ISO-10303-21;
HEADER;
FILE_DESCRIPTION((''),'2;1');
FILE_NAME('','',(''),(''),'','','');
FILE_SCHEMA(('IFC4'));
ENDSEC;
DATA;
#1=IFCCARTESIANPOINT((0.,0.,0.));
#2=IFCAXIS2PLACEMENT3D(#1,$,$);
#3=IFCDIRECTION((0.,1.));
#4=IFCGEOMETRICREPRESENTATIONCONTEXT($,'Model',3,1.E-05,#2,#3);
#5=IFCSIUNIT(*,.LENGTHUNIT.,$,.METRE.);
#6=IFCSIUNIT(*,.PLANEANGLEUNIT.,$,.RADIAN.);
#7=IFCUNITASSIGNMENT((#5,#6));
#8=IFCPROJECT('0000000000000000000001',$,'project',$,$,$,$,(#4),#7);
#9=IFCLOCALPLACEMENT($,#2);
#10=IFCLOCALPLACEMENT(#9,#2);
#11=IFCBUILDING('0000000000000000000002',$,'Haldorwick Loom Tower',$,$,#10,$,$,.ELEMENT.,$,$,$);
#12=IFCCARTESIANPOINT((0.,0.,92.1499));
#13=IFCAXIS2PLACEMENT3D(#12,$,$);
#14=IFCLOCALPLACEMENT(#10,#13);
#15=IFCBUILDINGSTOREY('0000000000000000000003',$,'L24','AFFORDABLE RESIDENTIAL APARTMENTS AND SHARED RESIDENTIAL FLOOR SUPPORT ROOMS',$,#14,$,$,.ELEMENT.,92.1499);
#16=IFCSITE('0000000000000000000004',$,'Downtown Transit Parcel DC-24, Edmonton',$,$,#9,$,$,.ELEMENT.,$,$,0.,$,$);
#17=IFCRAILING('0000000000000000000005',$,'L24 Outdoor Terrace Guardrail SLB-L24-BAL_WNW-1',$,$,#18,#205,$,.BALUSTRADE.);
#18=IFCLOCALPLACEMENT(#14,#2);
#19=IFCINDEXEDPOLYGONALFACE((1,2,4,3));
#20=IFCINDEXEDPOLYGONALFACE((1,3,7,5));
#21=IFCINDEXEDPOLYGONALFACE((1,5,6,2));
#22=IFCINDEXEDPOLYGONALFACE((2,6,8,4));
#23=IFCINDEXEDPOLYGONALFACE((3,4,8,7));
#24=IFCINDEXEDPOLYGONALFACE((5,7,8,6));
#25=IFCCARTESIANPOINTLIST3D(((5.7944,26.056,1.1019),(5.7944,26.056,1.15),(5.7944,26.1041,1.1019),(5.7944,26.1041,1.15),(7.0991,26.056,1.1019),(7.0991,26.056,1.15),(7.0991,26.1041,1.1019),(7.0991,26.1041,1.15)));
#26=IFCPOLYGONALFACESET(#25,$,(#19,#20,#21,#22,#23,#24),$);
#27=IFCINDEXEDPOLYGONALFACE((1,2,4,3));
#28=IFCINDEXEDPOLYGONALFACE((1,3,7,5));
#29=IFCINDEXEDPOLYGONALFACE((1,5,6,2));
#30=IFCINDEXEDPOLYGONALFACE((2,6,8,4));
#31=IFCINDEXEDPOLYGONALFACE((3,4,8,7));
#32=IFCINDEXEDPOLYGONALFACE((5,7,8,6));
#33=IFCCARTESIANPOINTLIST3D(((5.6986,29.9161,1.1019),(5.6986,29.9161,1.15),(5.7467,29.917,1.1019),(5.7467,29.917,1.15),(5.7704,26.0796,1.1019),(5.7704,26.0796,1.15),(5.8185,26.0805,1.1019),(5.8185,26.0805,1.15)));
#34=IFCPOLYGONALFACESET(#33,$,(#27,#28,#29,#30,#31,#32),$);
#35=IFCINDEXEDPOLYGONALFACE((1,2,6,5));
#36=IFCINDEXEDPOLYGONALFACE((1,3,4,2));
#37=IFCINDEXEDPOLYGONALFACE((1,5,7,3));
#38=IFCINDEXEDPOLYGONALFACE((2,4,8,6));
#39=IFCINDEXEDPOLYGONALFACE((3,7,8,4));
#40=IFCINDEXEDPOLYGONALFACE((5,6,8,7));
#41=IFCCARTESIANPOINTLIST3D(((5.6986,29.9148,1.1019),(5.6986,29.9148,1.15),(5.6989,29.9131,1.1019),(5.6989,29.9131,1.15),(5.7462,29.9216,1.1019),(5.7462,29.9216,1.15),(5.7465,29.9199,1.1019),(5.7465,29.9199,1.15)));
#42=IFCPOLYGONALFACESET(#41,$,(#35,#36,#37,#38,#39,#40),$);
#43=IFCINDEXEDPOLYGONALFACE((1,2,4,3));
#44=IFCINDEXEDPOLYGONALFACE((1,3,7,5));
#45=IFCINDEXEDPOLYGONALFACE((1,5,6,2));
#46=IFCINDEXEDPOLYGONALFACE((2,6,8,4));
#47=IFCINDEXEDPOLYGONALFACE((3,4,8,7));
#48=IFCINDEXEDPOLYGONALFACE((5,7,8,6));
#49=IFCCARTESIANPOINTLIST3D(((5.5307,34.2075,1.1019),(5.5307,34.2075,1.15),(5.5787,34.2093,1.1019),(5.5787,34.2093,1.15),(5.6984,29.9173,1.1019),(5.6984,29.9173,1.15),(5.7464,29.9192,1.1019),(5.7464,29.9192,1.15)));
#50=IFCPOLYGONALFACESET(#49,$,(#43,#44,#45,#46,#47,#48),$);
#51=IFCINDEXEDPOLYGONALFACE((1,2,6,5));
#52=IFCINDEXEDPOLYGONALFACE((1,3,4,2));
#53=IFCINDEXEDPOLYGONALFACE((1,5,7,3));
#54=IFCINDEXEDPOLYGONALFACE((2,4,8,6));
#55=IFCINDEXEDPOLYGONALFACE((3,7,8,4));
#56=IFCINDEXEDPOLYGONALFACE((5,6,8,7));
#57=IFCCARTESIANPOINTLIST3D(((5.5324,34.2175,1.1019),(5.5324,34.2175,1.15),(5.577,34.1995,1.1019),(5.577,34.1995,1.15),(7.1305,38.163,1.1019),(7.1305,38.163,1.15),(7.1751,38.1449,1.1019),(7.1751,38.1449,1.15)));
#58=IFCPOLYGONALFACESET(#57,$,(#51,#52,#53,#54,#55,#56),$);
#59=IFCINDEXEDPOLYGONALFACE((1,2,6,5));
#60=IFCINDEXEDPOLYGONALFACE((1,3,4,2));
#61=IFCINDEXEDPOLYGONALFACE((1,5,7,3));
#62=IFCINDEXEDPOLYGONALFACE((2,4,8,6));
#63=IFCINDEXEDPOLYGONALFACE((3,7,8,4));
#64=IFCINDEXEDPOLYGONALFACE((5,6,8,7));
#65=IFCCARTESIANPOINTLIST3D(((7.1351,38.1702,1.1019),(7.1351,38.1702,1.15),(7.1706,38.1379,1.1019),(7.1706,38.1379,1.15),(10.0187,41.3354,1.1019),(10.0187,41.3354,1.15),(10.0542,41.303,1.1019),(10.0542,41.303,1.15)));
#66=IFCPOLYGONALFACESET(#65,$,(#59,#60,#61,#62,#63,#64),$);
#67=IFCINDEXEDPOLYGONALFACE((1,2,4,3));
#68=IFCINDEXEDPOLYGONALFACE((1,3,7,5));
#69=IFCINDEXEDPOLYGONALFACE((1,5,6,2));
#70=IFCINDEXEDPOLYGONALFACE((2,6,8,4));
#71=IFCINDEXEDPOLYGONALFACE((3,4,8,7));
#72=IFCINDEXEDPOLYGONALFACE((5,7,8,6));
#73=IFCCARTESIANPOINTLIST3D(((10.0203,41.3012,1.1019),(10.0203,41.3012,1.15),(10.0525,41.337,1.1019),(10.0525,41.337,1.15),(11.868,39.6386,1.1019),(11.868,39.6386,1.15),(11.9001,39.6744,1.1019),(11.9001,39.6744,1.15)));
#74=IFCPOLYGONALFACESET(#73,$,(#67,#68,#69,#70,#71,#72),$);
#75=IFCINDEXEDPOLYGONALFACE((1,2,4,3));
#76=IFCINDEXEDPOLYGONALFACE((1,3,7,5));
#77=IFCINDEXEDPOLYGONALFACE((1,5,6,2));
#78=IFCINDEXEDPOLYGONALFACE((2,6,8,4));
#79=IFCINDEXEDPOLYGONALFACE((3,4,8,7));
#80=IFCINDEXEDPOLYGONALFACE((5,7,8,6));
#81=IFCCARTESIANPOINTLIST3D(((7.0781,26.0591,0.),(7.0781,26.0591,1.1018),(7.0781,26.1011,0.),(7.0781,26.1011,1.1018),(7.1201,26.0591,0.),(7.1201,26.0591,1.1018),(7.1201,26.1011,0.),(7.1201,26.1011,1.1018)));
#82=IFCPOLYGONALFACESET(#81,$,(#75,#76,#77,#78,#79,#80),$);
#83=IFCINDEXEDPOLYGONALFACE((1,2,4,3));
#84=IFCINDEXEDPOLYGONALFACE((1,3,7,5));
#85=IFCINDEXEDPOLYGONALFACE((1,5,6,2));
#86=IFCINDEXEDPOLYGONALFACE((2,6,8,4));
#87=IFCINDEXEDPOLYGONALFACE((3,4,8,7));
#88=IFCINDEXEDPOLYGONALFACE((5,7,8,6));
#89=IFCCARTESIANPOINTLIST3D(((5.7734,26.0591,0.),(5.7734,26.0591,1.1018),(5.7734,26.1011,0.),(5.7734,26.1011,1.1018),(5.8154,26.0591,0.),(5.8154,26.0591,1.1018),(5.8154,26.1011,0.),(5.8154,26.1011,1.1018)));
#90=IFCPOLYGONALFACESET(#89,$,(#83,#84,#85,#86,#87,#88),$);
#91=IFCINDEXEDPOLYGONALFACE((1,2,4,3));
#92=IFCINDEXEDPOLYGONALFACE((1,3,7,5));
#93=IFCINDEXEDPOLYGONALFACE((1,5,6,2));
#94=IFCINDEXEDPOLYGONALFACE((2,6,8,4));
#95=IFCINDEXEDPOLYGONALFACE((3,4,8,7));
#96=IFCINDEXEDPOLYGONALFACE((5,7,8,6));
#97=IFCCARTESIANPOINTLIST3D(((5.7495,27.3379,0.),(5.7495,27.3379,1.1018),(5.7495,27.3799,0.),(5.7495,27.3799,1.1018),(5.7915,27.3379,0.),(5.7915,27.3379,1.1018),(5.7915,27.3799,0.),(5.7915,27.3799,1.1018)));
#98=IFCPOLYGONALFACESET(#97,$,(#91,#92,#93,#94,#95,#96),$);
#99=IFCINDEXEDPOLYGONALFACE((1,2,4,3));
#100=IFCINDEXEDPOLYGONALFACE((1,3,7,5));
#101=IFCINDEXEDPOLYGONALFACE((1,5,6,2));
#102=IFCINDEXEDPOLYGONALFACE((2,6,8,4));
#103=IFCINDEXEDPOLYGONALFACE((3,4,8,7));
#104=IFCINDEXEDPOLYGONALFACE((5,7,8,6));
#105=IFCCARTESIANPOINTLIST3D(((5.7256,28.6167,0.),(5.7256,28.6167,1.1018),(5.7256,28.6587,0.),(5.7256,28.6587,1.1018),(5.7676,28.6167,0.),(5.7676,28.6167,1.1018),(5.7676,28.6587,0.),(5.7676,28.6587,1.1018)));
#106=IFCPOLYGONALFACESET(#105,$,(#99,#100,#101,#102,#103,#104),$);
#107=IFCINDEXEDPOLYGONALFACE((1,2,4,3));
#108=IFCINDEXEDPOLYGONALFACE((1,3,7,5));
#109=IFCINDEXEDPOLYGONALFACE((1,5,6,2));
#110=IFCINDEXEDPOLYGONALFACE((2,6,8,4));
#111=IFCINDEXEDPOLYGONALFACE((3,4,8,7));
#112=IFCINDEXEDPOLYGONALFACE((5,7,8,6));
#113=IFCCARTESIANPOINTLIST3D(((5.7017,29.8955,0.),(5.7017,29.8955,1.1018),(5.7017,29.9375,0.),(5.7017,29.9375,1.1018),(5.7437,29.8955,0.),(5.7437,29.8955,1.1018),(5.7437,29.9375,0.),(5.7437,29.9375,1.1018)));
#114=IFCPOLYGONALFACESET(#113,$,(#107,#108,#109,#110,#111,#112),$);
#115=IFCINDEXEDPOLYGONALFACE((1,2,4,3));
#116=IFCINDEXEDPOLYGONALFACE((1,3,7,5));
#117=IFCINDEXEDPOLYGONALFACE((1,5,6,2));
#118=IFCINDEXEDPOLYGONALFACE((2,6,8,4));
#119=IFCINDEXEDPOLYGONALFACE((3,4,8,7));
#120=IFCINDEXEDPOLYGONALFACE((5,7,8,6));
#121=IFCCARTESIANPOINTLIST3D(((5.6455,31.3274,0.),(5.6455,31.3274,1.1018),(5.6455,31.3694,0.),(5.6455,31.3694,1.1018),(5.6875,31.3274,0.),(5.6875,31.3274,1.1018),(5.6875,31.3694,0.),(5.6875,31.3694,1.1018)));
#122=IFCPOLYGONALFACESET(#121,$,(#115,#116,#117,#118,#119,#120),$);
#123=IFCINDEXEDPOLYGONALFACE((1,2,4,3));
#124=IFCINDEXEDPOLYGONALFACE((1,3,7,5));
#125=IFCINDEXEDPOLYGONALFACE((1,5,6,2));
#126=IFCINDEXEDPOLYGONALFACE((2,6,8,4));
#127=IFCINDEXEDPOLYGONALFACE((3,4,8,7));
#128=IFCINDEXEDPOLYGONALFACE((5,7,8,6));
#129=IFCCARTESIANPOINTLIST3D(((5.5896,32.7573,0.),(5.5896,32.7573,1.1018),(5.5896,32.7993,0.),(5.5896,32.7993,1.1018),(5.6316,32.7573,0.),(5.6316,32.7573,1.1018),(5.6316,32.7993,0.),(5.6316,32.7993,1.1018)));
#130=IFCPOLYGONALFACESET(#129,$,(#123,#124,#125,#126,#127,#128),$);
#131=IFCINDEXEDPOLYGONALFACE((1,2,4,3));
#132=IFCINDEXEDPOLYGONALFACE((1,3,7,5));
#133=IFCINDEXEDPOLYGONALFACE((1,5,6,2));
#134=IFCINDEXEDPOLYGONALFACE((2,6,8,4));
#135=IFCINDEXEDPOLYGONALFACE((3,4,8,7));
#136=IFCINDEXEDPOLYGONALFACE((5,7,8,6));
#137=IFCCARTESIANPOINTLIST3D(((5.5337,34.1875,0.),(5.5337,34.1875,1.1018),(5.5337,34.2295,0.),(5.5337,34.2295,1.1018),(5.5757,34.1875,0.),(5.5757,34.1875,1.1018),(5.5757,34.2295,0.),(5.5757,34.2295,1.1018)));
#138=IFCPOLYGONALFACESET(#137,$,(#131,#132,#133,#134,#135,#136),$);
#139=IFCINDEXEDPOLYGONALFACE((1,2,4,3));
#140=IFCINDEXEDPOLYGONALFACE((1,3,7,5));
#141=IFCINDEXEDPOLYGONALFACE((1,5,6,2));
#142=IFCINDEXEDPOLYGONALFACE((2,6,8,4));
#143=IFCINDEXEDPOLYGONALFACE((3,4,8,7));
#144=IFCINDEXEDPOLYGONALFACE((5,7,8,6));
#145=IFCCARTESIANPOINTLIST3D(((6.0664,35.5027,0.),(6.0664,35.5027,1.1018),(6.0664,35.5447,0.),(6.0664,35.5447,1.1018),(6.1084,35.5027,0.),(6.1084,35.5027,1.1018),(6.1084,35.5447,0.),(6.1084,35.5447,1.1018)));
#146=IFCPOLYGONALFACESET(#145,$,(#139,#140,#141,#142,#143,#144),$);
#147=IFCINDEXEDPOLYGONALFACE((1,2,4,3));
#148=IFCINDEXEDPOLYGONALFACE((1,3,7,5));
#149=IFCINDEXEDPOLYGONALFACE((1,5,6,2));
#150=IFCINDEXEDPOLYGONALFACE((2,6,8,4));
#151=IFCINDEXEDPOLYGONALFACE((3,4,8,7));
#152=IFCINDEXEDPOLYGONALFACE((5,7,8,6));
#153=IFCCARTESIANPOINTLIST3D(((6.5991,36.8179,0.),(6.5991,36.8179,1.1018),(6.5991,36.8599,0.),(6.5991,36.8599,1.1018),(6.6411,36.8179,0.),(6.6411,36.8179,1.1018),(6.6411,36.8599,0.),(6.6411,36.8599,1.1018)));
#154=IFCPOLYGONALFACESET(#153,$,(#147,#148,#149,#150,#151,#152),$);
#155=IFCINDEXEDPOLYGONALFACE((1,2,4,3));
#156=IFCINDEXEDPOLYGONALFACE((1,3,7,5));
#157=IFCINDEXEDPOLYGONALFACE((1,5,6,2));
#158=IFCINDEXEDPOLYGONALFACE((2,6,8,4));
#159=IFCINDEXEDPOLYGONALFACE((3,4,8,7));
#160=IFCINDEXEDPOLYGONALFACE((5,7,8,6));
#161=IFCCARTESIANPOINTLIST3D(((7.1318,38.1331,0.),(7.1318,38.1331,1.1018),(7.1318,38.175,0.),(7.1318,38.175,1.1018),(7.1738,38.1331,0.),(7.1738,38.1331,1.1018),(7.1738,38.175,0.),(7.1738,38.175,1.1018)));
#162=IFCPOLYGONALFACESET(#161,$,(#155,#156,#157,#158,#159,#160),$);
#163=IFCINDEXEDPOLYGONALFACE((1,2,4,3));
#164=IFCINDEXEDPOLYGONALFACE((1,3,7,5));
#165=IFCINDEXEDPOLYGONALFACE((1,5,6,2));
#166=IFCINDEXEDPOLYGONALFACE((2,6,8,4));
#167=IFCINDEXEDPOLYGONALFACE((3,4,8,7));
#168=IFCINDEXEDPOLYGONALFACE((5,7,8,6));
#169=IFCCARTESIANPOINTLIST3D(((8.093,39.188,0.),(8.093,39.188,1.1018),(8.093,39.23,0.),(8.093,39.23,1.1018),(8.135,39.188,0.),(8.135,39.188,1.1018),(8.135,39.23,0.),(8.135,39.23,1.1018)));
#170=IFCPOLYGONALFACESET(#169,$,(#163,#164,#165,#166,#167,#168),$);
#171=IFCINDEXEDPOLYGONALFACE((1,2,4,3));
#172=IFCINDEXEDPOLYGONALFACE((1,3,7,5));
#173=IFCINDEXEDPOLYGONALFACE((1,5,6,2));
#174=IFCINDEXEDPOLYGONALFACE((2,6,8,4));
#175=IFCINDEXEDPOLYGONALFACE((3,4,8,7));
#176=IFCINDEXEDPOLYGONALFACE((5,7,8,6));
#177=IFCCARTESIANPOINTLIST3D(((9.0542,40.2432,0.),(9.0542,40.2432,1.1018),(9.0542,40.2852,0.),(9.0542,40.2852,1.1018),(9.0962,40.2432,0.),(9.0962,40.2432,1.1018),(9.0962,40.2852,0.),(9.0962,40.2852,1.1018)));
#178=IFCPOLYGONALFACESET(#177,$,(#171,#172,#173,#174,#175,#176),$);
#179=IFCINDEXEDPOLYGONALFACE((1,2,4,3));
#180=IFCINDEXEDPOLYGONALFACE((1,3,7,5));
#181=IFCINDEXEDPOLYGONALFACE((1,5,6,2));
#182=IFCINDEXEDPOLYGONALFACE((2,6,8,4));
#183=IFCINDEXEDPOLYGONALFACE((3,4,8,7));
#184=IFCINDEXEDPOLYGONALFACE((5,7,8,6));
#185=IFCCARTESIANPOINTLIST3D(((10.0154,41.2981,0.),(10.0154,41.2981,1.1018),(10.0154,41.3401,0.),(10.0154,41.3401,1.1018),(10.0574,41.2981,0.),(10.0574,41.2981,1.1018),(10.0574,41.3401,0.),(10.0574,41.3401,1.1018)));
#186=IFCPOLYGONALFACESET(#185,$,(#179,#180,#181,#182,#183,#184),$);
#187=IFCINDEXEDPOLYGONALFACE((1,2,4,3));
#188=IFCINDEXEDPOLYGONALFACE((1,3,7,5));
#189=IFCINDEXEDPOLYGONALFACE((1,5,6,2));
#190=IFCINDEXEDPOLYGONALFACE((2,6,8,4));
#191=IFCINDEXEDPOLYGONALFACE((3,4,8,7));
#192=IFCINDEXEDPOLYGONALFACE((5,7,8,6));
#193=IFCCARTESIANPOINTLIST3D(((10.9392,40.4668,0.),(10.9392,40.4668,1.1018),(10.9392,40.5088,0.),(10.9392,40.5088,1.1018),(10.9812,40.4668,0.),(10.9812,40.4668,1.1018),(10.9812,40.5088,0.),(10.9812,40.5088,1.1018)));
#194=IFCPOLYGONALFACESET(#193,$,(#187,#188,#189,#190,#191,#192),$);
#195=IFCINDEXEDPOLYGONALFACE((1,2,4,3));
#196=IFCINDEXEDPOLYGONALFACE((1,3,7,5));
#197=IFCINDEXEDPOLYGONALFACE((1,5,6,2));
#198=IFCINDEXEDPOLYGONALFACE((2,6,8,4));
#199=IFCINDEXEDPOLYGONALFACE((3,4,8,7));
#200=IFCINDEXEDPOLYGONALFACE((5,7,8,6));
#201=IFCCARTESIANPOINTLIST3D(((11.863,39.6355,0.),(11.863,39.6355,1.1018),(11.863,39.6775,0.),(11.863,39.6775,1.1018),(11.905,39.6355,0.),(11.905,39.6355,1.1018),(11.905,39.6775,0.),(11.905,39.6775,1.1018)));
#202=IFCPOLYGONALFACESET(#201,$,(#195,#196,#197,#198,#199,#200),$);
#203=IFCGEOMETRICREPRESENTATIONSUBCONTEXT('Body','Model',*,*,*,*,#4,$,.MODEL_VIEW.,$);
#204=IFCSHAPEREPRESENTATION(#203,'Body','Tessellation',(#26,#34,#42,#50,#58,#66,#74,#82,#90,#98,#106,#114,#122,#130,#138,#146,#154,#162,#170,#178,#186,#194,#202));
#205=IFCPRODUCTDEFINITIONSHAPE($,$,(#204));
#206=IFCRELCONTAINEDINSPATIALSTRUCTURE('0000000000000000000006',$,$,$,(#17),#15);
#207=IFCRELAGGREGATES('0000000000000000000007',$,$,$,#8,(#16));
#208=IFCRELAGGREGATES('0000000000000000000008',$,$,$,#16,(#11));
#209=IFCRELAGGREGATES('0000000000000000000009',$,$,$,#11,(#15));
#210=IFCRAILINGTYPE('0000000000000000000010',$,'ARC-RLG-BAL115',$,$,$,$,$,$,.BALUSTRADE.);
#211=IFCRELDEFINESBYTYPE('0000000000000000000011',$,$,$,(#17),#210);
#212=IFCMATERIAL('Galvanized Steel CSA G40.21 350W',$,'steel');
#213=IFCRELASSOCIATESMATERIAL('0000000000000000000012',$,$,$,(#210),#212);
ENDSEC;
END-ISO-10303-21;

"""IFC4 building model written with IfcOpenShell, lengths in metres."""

from ifc_helpers import new_model, si_unit, direction, frame, origin, origin_2d, place, context, subcontext, project, spatial, rectangle, extrude, material, type_object, element, save


model = new_model("IFC4")

# Units and contexts
model_context = context("Model", 3, precision=1e-05, world=origin(), true_north=direction((0.0, 1.0)))
body_context = subcontext(model_context, "Body", "Model", "MODEL_VIEW")
ifc_project = project(units=[si_unit("LENGTHUNIT", "METRE"), si_unit("PLANEANGLEUNIT", "RADIAN")], contexts=[model_context])

# Site, building, storey
site_placement = place(None, origin())
site = spatial("IfcSite", under=ifc_project, at=site_placement, Name="Downtown Transit Parcel DC-24, Edmonton", CompositionType="ELEMENT", RefElevation=0.0)
building_placement = place(site_placement, origin())
building = spatial("IfcBuilding", under=site, at=building_placement, Name="Haldorwick Loom Tower", CompositionType="ELEMENT")
storey_placement = place(building_placement, frame((0.0, 0.0, 92.1499)))
storey = spatial("IfcBuildingStorey", under=building, at=storey_placement, Name="L24", Description="AFFORDABLE RESIDENTIAL APARTMENTS AND SHARED RESIDENTIAL FLOOR SUPPORT ROOMS", CompositionType="ELEMENT", Elevation=92.1499)

# Railing
ifc_material_1 = material(Name="Galvanized Steel CSA G40.21 350W", Category="steel")
railing_type = type_object("IfcRailingType", Name="ARC-RLG-BAL115", PredefinedType="BALUSTRADE", material=ifc_material_1)
railing_placement = place(storey_placement, frame((7.0991, 26.0801, 0.0)))
element("IfcRailing", 1, at=railing_placement, inside=storey, type_object=railing_type, Name="L24 Outdoor Terrace Guardrail SLB-L24-BAL_WNW-1", PredefinedType="BALUSTRADE", context=body_context, shape_type="SweptSolid", body=[
    extrude(rectangle(XDim=0.0481, YDim=0.0481, at=origin_2d()), frame((0.0, 0.0, 1.126), z_axis=(-1.0, 0.0, 0.0), x_axis=(0.0, -1.0, 0.0)), (0.0, 0.0, 1.0), 1.3047),
    extrude(rectangle(XDim=0.0481, YDim=0.0481, at=origin_2d()), frame((-1.3047, 0.0, 1.126), z_axis=(-0.018706, 0.999825, 0.0), x_axis=(-0.999825, -0.018706, 0.0)), (0.0, 0.0, 1.0), 3.8372),
    extrude(rectangle(XDim=0.0481, YDim=0.0481, at=origin_2d()), frame((-1.3765, 3.8364, 1.126), z_axis=(-0.141421, 0.989949, 0.0), x_axis=(-0.989949, -0.141421, 0.0)), (0.0, 0.0, 1.0), 0.0017),
    extrude(rectangle(XDim=0.0481, YDim=0.0481, at=origin_2d()), frame((-1.3767, 3.8381, 1.126), z_axis=(-0.039064, 0.999237, 0.0), x_axis=(-0.999237, -0.039064, 0.0)), (0.0, 0.0, 1.0), 4.2935),
    extrude(rectangle(XDim=0.0481, YDim=0.0481, at=origin_2d()), frame((-1.5444, 8.1284, 1.126), z_axis=(0.375422, 0.926854, 0.0), x_axis=(-0.926854, 0.375422, 0.0)), (0.0, 0.0, 1.0), 4.2568),
    extrude(rectangle(XDim=0.0481, YDim=0.0481, at=origin_2d()), frame((0.0537, 12.074, 1.126), z_axis=(0.67347, 0.739215, 0.0), x_axis=(-0.739215, 0.67347, 0.0)), (0.0, 0.0, 1.0), 4.2817),
    extrude(rectangle(XDim=0.0481, YDim=0.0481, at=origin_2d()), frame((2.9373, 15.239, 1.126), z_axis=(0.743353, -0.6689, 0.0), x_axis=(0.6689, 0.743353, 0.0)), (0.0, 0.0, 1.0), 2.4856),
    extrude(rectangle(XDim=0.042, YDim=0.042, at=origin_2d()), origin(), (0.0, 0.0, 1.0), 1.1018),
    extrude(rectangle(XDim=0.042, YDim=0.042, at=origin_2d()), frame((-1.3047, 0.0, 0.0)), (0.0, 0.0, 1.0), 1.1018),
    extrude(rectangle(XDim=0.042, YDim=0.042, at=origin_2d()), frame((-1.3286, 1.2788, 0.0)), (0.0, 0.0, 1.0), 1.1018),
    extrude(rectangle(XDim=0.042, YDim=0.042, at=origin_2d()), frame((-1.3525, 2.5576, 0.0)), (0.0, 0.0, 1.0), 1.1018),
    extrude(rectangle(XDim=0.042, YDim=0.042, at=origin_2d()), frame((-1.3765, 3.8364, 0.0)), (0.0, 0.0, 1.0), 1.1018),
    extrude(rectangle(XDim=0.042, YDim=0.042, at=origin_2d()), frame((-1.4326, 5.2683, 0.0)), (0.0, 0.0, 1.0), 1.1018),
    extrude(rectangle(XDim=0.042, YDim=0.042, at=origin_2d()), frame((-1.4885, 6.6982, 0.0)), (0.0, 0.0, 1.0), 1.1018),
    extrude(rectangle(XDim=0.042, YDim=0.042, at=origin_2d()), frame((-1.5444, 8.1284, 0.0)), (0.0, 0.0, 1.0), 1.1018),
    extrude(rectangle(XDim=0.042, YDim=0.042, at=origin_2d()), frame((-1.0117, 9.4436, 0.0)), (0.0, 0.0, 1.0), 1.1018),
    extrude(rectangle(XDim=0.042, YDim=0.042, at=origin_2d()), frame((-0.479, 10.7588, 0.0)), (0.0, 0.0, 1.0), 1.1018),
    extrude(rectangle(XDim=0.042, YDim=0.042, at=origin_2d()), frame((0.0537, 12.074, 0.0)), (0.0, 0.0, 1.0), 1.1018),
    extrude(rectangle(XDim=0.042, YDim=0.042, at=origin_2d()), frame((1.0149, 13.1289, 0.0)), (0.0, 0.0, 1.0), 1.1018),
    extrude(rectangle(XDim=0.042, YDim=0.042, at=origin_2d()), frame((1.9761, 14.1841, 0.0)), (0.0, 0.0, 1.0), 1.1018),
    extrude(rectangle(XDim=0.042, YDim=0.042, at=origin_2d()), frame((2.9373, 15.239, 0.0)), (0.0, 0.0, 1.0), 1.1018),
    extrude(rectangle(XDim=0.042, YDim=0.042, at=origin_2d()), frame((3.8611, 14.4077, 0.0)), (0.0, 0.0, 1.0), 1.1018),
    extrude(rectangle(XDim=0.042, YDim=0.042, at=origin_2d()), frame((4.7849, 13.5764, 0.0)), (0.0, 0.0, 1.0), 1.1018),
])

save(model, "model.ifc")
